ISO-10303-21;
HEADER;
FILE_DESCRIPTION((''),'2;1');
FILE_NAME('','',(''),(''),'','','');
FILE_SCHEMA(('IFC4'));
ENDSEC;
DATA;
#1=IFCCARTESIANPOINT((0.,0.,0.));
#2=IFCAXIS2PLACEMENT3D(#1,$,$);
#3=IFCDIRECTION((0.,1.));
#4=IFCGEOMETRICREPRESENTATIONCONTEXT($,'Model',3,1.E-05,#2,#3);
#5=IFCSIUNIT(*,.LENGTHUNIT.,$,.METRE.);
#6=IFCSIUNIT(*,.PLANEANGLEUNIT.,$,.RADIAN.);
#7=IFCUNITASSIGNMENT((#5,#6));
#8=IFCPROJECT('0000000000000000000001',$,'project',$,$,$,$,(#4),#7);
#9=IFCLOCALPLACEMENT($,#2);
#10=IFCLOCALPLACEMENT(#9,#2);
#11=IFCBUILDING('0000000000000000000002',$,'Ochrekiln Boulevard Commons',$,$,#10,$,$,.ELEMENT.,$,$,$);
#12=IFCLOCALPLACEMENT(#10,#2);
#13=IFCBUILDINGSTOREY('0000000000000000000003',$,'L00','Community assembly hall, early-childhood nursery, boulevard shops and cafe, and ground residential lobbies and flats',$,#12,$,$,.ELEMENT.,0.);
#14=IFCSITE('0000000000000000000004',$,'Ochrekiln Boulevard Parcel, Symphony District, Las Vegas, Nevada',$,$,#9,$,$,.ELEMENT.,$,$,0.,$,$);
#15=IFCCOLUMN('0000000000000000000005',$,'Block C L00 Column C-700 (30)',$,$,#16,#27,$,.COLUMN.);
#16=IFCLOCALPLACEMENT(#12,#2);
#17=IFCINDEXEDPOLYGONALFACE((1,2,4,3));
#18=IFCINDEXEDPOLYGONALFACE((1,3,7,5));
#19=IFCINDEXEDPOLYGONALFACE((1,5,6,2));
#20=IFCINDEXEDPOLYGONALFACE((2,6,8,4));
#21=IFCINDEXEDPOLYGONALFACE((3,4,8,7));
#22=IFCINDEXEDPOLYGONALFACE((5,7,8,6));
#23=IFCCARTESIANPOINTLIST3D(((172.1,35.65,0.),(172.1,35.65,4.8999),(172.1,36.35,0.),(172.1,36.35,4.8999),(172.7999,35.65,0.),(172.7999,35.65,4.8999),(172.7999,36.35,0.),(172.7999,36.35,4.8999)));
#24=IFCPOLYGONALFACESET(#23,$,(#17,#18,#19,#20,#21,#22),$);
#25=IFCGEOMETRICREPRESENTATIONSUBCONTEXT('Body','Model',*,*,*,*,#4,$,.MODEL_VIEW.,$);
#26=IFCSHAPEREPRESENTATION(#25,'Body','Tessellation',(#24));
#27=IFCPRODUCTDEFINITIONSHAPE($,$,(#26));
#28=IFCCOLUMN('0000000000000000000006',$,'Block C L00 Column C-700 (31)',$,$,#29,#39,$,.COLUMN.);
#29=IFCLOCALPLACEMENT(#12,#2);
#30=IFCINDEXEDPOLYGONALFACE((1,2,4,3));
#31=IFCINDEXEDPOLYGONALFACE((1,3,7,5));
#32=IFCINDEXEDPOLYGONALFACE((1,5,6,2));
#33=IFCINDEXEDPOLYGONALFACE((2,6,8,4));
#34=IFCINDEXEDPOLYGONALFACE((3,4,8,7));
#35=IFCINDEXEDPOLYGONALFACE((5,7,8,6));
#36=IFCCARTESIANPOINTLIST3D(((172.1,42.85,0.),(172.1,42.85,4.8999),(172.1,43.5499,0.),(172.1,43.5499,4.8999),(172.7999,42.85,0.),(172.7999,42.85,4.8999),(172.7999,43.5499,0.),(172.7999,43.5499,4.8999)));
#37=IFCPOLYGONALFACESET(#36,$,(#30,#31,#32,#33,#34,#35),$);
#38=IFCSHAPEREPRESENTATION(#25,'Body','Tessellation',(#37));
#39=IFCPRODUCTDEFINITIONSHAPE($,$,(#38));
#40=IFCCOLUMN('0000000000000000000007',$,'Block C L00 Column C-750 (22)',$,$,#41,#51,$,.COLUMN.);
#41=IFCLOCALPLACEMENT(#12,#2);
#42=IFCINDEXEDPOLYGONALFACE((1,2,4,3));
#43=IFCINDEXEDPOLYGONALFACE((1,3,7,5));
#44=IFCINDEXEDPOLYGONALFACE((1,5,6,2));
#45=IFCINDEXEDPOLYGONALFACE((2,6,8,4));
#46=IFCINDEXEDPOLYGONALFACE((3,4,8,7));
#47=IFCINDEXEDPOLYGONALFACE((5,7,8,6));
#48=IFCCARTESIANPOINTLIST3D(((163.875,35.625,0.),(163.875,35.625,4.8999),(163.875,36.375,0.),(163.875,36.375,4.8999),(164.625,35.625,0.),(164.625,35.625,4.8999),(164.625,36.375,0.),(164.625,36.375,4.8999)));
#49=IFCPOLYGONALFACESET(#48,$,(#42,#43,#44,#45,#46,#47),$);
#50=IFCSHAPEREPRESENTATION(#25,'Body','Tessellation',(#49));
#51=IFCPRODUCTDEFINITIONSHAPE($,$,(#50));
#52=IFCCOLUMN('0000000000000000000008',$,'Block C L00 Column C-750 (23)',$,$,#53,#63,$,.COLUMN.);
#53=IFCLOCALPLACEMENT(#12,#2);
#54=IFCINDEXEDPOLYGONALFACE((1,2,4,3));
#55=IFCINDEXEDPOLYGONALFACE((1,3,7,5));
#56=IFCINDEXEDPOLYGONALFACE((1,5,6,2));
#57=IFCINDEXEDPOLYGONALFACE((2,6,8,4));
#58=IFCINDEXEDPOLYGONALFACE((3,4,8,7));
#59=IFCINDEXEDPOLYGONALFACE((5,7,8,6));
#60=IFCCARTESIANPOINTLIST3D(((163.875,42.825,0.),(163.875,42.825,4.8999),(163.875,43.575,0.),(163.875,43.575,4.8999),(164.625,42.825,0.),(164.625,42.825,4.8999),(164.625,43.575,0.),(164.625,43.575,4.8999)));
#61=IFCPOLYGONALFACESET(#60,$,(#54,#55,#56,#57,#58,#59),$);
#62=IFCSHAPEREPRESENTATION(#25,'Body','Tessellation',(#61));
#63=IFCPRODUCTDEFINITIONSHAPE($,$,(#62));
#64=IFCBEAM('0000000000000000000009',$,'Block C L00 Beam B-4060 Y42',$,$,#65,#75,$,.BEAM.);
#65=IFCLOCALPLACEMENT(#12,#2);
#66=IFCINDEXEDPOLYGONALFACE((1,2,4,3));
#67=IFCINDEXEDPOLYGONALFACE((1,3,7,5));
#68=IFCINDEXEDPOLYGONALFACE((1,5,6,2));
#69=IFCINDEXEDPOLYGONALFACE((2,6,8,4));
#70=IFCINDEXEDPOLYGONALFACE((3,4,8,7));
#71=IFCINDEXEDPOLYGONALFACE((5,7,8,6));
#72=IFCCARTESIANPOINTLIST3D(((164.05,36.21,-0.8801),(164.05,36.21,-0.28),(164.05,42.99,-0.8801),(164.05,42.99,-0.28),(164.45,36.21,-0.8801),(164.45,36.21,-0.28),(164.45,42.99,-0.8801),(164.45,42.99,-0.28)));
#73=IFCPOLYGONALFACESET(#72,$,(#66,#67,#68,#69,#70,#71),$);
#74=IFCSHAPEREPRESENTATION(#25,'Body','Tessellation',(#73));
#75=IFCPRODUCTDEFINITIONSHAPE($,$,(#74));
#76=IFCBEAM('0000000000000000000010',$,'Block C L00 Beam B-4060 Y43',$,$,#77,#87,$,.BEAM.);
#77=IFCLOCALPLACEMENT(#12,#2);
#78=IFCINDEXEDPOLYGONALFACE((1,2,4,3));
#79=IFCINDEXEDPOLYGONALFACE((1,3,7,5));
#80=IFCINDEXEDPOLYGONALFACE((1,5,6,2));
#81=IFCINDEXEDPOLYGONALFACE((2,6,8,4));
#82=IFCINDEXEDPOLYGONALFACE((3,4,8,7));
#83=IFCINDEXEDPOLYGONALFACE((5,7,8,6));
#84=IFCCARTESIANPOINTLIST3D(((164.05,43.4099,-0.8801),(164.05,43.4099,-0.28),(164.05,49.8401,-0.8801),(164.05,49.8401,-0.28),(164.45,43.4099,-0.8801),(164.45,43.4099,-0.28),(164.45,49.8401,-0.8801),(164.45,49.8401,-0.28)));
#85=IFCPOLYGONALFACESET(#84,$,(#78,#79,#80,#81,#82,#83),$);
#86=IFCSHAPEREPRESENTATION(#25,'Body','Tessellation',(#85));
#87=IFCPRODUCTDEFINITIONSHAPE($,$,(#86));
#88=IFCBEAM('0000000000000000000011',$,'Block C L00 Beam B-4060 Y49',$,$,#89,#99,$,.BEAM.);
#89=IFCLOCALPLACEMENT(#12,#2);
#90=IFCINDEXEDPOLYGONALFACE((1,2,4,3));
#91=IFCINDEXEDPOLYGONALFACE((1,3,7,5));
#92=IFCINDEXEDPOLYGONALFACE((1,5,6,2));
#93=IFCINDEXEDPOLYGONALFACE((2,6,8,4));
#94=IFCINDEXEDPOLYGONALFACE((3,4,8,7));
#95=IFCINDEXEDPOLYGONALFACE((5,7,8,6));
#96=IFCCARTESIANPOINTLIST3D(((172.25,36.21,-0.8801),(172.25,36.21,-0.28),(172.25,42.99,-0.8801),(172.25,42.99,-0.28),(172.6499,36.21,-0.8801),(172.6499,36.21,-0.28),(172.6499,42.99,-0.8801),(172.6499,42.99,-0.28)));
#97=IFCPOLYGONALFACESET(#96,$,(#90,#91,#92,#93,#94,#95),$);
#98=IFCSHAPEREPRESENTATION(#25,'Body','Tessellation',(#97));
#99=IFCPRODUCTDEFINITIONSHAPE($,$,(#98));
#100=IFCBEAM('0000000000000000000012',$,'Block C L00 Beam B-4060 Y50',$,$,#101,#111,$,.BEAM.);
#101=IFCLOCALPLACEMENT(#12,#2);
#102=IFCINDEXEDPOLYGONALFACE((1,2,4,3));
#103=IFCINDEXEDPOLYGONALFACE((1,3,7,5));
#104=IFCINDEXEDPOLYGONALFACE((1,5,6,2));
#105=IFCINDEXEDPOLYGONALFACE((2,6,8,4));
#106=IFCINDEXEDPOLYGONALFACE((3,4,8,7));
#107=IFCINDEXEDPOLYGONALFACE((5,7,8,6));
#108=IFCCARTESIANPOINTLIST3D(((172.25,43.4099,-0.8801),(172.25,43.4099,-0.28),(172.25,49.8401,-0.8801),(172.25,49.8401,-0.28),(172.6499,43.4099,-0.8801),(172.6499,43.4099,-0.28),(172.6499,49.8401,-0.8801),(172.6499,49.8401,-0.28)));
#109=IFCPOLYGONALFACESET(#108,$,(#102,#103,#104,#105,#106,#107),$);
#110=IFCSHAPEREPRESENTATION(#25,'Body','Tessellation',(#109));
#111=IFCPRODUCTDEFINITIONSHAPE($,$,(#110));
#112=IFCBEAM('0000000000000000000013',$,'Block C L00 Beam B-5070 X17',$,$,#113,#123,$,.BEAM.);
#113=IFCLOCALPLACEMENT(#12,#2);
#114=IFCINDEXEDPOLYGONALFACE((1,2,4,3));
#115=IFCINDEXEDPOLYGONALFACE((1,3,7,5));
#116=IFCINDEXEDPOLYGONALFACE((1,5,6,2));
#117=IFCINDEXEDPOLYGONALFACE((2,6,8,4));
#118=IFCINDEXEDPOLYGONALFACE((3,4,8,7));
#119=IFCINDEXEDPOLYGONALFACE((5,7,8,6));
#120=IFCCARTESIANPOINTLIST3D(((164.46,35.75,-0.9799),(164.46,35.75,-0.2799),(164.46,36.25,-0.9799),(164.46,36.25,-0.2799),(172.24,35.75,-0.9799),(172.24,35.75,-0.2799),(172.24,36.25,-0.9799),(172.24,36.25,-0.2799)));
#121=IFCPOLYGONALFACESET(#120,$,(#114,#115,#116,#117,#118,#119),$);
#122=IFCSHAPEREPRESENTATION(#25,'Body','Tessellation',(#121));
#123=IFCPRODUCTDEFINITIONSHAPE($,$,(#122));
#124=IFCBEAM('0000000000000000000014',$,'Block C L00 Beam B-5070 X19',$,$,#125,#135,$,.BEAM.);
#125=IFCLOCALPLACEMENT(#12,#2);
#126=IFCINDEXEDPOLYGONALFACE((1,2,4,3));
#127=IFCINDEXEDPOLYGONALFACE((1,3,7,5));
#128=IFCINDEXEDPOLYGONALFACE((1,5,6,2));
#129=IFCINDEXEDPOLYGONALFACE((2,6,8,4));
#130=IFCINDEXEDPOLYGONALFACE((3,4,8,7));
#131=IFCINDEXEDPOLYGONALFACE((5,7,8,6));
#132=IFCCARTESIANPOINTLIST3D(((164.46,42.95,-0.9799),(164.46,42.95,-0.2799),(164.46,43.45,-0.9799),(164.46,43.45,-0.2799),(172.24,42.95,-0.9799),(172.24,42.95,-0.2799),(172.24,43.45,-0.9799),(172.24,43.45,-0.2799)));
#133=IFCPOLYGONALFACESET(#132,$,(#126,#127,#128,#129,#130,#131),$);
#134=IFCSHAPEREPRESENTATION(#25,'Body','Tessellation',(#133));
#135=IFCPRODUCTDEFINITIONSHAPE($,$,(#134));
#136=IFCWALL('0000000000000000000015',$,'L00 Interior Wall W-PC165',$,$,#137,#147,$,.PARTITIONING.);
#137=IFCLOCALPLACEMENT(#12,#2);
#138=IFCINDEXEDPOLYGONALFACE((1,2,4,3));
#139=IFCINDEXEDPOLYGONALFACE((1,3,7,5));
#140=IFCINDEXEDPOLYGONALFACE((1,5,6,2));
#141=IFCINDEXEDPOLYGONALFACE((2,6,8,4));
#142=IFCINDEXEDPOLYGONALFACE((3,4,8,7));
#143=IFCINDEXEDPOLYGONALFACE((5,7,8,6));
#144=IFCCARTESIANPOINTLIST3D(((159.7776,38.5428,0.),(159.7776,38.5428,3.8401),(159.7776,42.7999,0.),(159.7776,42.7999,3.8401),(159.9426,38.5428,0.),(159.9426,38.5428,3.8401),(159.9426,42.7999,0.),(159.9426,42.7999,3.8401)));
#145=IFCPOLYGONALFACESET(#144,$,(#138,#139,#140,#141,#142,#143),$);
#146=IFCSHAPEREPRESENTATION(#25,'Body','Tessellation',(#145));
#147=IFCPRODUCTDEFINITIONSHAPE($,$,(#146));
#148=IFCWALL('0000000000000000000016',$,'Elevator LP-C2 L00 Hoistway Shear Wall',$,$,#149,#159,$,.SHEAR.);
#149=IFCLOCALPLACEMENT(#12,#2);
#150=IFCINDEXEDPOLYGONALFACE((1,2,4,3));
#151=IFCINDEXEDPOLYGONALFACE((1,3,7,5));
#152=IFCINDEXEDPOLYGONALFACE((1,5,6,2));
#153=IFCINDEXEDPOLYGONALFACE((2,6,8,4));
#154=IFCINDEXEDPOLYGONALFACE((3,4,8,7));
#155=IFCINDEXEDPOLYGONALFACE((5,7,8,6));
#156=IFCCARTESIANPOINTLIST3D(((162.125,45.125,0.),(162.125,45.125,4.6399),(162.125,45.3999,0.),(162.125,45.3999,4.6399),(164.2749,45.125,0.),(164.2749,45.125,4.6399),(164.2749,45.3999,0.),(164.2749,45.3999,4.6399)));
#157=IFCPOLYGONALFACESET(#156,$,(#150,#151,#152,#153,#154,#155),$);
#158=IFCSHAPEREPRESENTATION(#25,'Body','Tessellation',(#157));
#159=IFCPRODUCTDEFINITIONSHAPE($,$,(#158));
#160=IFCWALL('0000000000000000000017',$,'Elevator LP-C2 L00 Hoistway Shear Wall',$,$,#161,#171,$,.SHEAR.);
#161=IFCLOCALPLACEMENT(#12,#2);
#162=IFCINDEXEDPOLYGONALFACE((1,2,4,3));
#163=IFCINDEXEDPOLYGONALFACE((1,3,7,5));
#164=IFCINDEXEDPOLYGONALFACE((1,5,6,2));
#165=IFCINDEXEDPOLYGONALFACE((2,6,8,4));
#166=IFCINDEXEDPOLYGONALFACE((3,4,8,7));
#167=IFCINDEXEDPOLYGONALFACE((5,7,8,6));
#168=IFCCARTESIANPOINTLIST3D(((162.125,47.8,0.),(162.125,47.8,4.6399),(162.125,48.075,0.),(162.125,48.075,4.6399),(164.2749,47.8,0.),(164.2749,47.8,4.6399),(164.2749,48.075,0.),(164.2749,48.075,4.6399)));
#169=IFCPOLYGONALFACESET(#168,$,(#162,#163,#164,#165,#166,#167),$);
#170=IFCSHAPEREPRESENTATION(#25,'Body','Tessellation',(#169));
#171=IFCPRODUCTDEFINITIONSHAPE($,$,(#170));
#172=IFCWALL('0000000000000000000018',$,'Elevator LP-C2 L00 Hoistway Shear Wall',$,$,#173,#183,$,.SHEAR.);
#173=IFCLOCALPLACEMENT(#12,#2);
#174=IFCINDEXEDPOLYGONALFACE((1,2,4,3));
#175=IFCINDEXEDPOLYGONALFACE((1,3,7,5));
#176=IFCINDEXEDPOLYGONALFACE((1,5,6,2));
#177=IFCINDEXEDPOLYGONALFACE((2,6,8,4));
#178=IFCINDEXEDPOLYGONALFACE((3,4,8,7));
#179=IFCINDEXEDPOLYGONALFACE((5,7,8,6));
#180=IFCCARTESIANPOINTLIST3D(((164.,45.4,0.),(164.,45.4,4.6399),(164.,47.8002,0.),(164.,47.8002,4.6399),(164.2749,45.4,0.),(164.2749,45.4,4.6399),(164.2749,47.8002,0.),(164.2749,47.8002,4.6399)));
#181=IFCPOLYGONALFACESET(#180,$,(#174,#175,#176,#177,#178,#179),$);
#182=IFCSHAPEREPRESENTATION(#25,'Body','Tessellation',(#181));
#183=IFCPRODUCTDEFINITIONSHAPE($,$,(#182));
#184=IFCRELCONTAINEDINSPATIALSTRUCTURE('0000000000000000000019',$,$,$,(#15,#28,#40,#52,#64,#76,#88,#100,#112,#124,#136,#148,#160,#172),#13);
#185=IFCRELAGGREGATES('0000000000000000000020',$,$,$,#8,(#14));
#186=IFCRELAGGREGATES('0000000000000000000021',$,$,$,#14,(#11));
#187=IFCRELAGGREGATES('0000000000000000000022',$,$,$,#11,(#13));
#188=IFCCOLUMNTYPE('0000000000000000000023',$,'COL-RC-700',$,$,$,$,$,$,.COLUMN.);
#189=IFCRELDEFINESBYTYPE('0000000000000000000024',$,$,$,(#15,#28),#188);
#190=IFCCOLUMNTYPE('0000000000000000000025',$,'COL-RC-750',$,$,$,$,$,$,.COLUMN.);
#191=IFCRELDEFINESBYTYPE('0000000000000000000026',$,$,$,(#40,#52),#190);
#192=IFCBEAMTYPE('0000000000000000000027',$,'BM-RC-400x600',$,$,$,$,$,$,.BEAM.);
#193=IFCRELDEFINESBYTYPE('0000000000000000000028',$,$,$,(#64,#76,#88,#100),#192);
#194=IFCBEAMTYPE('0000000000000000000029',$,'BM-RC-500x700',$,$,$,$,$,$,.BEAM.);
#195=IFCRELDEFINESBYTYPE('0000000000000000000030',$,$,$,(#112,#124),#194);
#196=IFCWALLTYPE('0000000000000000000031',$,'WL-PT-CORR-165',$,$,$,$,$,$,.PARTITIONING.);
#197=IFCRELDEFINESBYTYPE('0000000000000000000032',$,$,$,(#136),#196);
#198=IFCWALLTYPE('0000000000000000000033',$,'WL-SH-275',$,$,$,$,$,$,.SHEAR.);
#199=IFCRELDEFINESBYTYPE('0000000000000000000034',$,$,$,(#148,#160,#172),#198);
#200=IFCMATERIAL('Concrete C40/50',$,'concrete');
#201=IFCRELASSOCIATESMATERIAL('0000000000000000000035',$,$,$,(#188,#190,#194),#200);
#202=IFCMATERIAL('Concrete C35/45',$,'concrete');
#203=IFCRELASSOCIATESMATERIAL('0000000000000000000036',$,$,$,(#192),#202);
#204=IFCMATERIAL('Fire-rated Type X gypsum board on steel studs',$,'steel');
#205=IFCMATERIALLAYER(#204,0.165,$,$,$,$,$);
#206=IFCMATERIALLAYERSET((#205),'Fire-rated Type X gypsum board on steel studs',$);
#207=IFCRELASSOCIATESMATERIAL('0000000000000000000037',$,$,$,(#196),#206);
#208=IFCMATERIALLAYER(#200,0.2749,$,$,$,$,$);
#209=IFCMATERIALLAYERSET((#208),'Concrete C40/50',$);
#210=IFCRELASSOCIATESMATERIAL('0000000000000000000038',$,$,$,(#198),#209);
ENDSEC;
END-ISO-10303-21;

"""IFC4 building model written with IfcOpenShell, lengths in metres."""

from ifc_helpers import new_model, si_unit, direction, frame, frame_2d, origin, origin_2d, place, context, subcontext, project, spatial, rectangle, extrude, material, layer, layer_set, material_profile, profile_set, type_object, element, save


model = new_model("IFC4")

# Units and contexts
model_context = context("Model", 3, precision=1e-05, world=origin(), true_north=direction((0.0, 1.0)))
body_context = subcontext(model_context, "Body", "Model", "MODEL_VIEW")
ifc_project = project(units=[si_unit("LENGTHUNIT", "METRE"), si_unit("PLANEANGLEUNIT", "RADIAN")], contexts=[model_context])

# Site, building, storey
site_placement = place(None, origin())
site = spatial("IfcSite", under=ifc_project, at=site_placement, Name="Ochrekiln Boulevard Parcel, Symphony District, Las Vegas, Nevada", CompositionType="ELEMENT", RefElevation=0.0)
building_placement = place(site_placement, origin())
building = spatial("IfcBuilding", under=site, at=building_placement, Name="Ochrekiln Boulevard Commons", CompositionType="ELEMENT")
storey_placement = place(building_placement, origin())
storey = spatial("IfcBuildingStorey", under=building, at=storey_placement, Name="L00", Description="Community assembly hall, early-childhood nursery, boulevard shops and cafe, and ground residential lobbies and flats", CompositionType="ELEMENT", Elevation=0.0)

# Columns
ifc_material_1 = material(Name="Concrete C40/50", Category="concrete")
ifc_material_profile_1 = material_profile(ifc_material_1, rectangle(XDim=0.7, YDim=0.7, at=origin_2d()), Name="RC-COL-700x700")
ifc_profile_set_1 = profile_set([ifc_material_profile_1], Name="Concrete C40/50")
column_type_1 = type_object("IfcColumnType", Name="COL-RC-700", PredefinedType="COLUMN", material=ifc_profile_set_1)
for number, where, z_axis, x_axis, name in (
    (1, (172.45, 36.0, 0.0), (0.0, 0.0, 1.0), (1.0, 0.0, 0.0), "Block C L00 Column C-700 (30)"),
    (2, (172.45, 43.2, 0.0), (0.0, 0.0, 1.0), (1.0, 0.0, 0.0), "Block C L00 Column C-700 (31)"),
):
    element("IfcColumn", number, at=place(storey_placement, frame(where, z_axis=z_axis, x_axis=x_axis)), inside=storey, type_object=column_type_1, Name=name, PredefinedType="COLUMN", context=body_context, shape_type="SweptSolid", body=[
        extrude(rectangle(XDim=0.7, YDim=0.7, at=origin_2d()), origin(), (0.0, 0.0, 1.0), 4.8999),
    ])
ifc_material_profile_2 = material_profile(ifc_material_1, rectangle(XDim=0.75, YDim=0.75, at=origin_2d()), Name="RC-COL-750x750")
ifc_profile_set_2 = profile_set([ifc_material_profile_2], Name="Concrete C40/50")
column_type_2 = type_object("IfcColumnType", Name="COL-RC-750", PredefinedType="COLUMN", material=ifc_profile_set_2)
for number, where, z_axis, x_axis, name in (
    (3, (164.25, 36.0, 0.0), (0.0, 0.0, 1.0), (1.0, 0.0, 0.0), "Block C L00 Column C-750 (22)"),
    (4, (164.25, 43.2, 0.0), (0.0, 0.0, 1.0), (1.0, 0.0, 0.0), "Block C L00 Column C-750 (23)"),
):
    element("IfcColumn", number, at=place(storey_placement, frame(where, z_axis=z_axis, x_axis=x_axis)), inside=storey, type_object=column_type_2, Name=name, PredefinedType="COLUMN", context=body_context, shape_type="SweptSolid", body=[
        extrude(rectangle(XDim=0.75, YDim=0.75, at=origin_2d()), origin(), (0.0, 0.0, 1.0), 4.8999),
    ])

# Beams
ifc_material_2 = material(Name="Concrete C35/45", Category="concrete")
ifc_material_profile_3 = material_profile(ifc_material_2, rectangle(XDim=0.3999, YDim=0.6001, at=origin_2d()), Name="RC-BM-400x600")
ifc_profile_set_3 = profile_set([ifc_material_profile_3], Name="Concrete C35/45")
beam_type_1 = type_object("IfcBeamType", Name="BM-RC-400x600", PredefinedType="BEAM", material=ifc_profile_set_3)
beam_1_placement = place(storey_placement, frame((164.25, 36.21, -0.5801), z_axis=(0.0, 1.0, 0.0), x_axis=(-1.0, 0.0, 0.0)))
element("IfcBeam", 5, at=beam_1_placement, inside=storey, type_object=beam_type_1, Name="Block C L00 Beam B-4060 Y42", PredefinedType="BEAM", context=body_context, shape_type="SweptSolid", body=[
    extrude(rectangle(XDim=0.3999, YDim=0.6001, at=origin_2d()), origin(), (0.0, 0.0, 1.0), 6.78),
])
beam_2_placement = place(storey_placement, frame((164.25, 43.4099, -0.5801), z_axis=(0.0, 1.0, 0.0), x_axis=(-1.0, 0.0, 0.0)))
element("IfcBeam", 6, at=beam_2_placement, inside=storey, type_object=beam_type_1, Name="Block C L00 Beam B-4060 Y43", PredefinedType="BEAM", context=body_context, shape_type="SweptSolid", body=[
    extrude(rectangle(XDim=0.3999, YDim=0.6001, at=origin_2d()), origin(), (0.0, 0.0, 1.0), 6.4302),
])
beam_3_placement = place(storey_placement, frame((172.45, 36.21, -0.5801), z_axis=(0.0, 1.0, 0.0), x_axis=(-1.0, 0.0, 0.0)))
element("IfcBeam", 7, at=beam_3_placement, inside=storey, type_object=beam_type_1, Name="Block C L00 Beam B-4060 Y49", PredefinedType="BEAM", context=body_context, shape_type="SweptSolid", body=[
    extrude(rectangle(XDim=0.3999, YDim=0.6001, at=origin_2d()), origin(), (0.0, 0.0, 1.0), 6.78),
])
beam_4_placement = place(storey_placement, frame((172.45, 43.4099, -0.5801), z_axis=(0.0, 1.0, 0.0), x_axis=(-1.0, 0.0, 0.0)))
element("IfcBeam", 8, at=beam_4_placement, inside=storey, type_object=beam_type_1, Name="Block C L00 Beam B-4060 Y50", PredefinedType="BEAM", context=body_context, shape_type="SweptSolid", body=[
    extrude(rectangle(XDim=0.3999, YDim=0.6001, at=origin_2d()), origin(), (0.0, 0.0, 1.0), 6.4302),
])
ifc_material_profile_4 = material_profile(ifc_material_1, rectangle(XDim=0.5, YDim=0.7, at=origin_2d()), Name="RC-BM-500x700")
ifc_profile_set_4 = profile_set([ifc_material_profile_4], Name="Concrete C40/50")
beam_type_2 = type_object("IfcBeamType", Name="BM-RC-500x700", PredefinedType="BEAM", material=ifc_profile_set_4)
for number, where, z_axis, x_axis, name in (
    (9, (164.46, 36.0, -0.6299), (1.0, 0.0, 0.0), (0.0, 1.0, 0.0), "Block C L00 Beam B-5070 X17"),
    (10, (164.46, 43.2, -0.6299), (1.0, 0.0, 0.0), (0.0, 1.0, 0.0), "Block C L00 Beam B-5070 X19"),
):
    element("IfcBeam", number, at=place(storey_placement, frame(where, z_axis=z_axis, x_axis=x_axis)), inside=storey, type_object=beam_type_2, Name=name, PredefinedType="BEAM", context=body_context, shape_type="SweptSolid", body=[
        extrude(rectangle(XDim=0.5, YDim=0.7, at=origin_2d()), origin(), (0.0, 0.0, 1.0), 7.78),
    ])

# Wall
ifc_material_3 = material(Name="Fire-rated Type X gypsum board on steel studs", Category="steel")
ifc_layer_1 = layer(ifc_material_3, 0.165)
ifc_layer_set_1 = layer_set([ifc_layer_1], Name="Fire-rated Type X gypsum board on steel studs")
wall_type_1 = type_object("IfcWallType", Name="WL-PT-CORR-165", PredefinedType="PARTITIONING", material=ifc_layer_set_1)
wall_1_placement = place(storey_placement, frame((159.8601, 38.543, 0.0), z_axis=(0.0, 0.0, 1.0), x_axis=(0.0, 1.0, 0.0)))
element("IfcWall", 11, at=wall_1_placement, inside=storey, type_object=wall_type_1, Name="L00 Interior Wall W-PC165", PredefinedType="PARTITIONING", context=body_context, shape_type="SweptSolid", body=[
    extrude(rectangle(XDim=4.2571, YDim=0.165, at=frame_2d((2.1284, 0.0))), origin(), (0.0, 0.0, 1.0), 3.8401),
])

# Walls
ifc_layer_2 = layer(ifc_material_1, 0.2749)
ifc_layer_set_2 = layer_set([ifc_layer_2], Name="Concrete C40/50")
wall_type_2 = type_object("IfcWallType", Name="WL-SH-275", PredefinedType="SHEAR", material=ifc_layer_set_2)
for number, where, z_axis, x_axis, name in (
    (12, (162.125, 45.2625, 0.0), (0.0, 0.0, 1.0), (1.0, 0.0, 0.0), "Elevator LP-C2 L00 Hoistway Shear Wall"),
    (13, (162.125, 47.9375, 0.0), (0.0, 0.0, 1.0), (1.0, 0.0, 0.0), "Elevator LP-C2 L00 Hoistway Shear Wall"),
):
    element("IfcWall", number, at=place(storey_placement, frame(where, z_axis=z_axis, x_axis=x_axis)), inside=storey, type_object=wall_type_2, Name=name, PredefinedType="SHEAR", context=body_context, shape_type="SweptSolid", body=[
        extrude(rectangle(XDim=2.1499, YDim=0.2749, at=frame_2d((1.075, 0.0))), origin(), (0.0, 0.0, 1.0), 4.6399),
    ])

# Wall
wall_2_placement = place(storey_placement, frame((164.1375, 45.3999, 0.0), z_axis=(0.0, 0.0, 1.0), x_axis=(0.0, 1.0, 0.0)))
element("IfcWall", 14, at=wall_2_placement, inside=storey, type_object=wall_type_2, Name="Elevator LP-C2 L00 Hoistway Shear Wall", PredefinedType="SHEAR", context=body_context, shape_type="SweptSolid", body=[
    extrude(rectangle(XDim=2.4001, YDim=0.2749, at=frame_2d((1.2002, 0.0))), origin(), (0.0, 0.0, 1.0), 4.6399),
])

save(model, "model.ifc")
